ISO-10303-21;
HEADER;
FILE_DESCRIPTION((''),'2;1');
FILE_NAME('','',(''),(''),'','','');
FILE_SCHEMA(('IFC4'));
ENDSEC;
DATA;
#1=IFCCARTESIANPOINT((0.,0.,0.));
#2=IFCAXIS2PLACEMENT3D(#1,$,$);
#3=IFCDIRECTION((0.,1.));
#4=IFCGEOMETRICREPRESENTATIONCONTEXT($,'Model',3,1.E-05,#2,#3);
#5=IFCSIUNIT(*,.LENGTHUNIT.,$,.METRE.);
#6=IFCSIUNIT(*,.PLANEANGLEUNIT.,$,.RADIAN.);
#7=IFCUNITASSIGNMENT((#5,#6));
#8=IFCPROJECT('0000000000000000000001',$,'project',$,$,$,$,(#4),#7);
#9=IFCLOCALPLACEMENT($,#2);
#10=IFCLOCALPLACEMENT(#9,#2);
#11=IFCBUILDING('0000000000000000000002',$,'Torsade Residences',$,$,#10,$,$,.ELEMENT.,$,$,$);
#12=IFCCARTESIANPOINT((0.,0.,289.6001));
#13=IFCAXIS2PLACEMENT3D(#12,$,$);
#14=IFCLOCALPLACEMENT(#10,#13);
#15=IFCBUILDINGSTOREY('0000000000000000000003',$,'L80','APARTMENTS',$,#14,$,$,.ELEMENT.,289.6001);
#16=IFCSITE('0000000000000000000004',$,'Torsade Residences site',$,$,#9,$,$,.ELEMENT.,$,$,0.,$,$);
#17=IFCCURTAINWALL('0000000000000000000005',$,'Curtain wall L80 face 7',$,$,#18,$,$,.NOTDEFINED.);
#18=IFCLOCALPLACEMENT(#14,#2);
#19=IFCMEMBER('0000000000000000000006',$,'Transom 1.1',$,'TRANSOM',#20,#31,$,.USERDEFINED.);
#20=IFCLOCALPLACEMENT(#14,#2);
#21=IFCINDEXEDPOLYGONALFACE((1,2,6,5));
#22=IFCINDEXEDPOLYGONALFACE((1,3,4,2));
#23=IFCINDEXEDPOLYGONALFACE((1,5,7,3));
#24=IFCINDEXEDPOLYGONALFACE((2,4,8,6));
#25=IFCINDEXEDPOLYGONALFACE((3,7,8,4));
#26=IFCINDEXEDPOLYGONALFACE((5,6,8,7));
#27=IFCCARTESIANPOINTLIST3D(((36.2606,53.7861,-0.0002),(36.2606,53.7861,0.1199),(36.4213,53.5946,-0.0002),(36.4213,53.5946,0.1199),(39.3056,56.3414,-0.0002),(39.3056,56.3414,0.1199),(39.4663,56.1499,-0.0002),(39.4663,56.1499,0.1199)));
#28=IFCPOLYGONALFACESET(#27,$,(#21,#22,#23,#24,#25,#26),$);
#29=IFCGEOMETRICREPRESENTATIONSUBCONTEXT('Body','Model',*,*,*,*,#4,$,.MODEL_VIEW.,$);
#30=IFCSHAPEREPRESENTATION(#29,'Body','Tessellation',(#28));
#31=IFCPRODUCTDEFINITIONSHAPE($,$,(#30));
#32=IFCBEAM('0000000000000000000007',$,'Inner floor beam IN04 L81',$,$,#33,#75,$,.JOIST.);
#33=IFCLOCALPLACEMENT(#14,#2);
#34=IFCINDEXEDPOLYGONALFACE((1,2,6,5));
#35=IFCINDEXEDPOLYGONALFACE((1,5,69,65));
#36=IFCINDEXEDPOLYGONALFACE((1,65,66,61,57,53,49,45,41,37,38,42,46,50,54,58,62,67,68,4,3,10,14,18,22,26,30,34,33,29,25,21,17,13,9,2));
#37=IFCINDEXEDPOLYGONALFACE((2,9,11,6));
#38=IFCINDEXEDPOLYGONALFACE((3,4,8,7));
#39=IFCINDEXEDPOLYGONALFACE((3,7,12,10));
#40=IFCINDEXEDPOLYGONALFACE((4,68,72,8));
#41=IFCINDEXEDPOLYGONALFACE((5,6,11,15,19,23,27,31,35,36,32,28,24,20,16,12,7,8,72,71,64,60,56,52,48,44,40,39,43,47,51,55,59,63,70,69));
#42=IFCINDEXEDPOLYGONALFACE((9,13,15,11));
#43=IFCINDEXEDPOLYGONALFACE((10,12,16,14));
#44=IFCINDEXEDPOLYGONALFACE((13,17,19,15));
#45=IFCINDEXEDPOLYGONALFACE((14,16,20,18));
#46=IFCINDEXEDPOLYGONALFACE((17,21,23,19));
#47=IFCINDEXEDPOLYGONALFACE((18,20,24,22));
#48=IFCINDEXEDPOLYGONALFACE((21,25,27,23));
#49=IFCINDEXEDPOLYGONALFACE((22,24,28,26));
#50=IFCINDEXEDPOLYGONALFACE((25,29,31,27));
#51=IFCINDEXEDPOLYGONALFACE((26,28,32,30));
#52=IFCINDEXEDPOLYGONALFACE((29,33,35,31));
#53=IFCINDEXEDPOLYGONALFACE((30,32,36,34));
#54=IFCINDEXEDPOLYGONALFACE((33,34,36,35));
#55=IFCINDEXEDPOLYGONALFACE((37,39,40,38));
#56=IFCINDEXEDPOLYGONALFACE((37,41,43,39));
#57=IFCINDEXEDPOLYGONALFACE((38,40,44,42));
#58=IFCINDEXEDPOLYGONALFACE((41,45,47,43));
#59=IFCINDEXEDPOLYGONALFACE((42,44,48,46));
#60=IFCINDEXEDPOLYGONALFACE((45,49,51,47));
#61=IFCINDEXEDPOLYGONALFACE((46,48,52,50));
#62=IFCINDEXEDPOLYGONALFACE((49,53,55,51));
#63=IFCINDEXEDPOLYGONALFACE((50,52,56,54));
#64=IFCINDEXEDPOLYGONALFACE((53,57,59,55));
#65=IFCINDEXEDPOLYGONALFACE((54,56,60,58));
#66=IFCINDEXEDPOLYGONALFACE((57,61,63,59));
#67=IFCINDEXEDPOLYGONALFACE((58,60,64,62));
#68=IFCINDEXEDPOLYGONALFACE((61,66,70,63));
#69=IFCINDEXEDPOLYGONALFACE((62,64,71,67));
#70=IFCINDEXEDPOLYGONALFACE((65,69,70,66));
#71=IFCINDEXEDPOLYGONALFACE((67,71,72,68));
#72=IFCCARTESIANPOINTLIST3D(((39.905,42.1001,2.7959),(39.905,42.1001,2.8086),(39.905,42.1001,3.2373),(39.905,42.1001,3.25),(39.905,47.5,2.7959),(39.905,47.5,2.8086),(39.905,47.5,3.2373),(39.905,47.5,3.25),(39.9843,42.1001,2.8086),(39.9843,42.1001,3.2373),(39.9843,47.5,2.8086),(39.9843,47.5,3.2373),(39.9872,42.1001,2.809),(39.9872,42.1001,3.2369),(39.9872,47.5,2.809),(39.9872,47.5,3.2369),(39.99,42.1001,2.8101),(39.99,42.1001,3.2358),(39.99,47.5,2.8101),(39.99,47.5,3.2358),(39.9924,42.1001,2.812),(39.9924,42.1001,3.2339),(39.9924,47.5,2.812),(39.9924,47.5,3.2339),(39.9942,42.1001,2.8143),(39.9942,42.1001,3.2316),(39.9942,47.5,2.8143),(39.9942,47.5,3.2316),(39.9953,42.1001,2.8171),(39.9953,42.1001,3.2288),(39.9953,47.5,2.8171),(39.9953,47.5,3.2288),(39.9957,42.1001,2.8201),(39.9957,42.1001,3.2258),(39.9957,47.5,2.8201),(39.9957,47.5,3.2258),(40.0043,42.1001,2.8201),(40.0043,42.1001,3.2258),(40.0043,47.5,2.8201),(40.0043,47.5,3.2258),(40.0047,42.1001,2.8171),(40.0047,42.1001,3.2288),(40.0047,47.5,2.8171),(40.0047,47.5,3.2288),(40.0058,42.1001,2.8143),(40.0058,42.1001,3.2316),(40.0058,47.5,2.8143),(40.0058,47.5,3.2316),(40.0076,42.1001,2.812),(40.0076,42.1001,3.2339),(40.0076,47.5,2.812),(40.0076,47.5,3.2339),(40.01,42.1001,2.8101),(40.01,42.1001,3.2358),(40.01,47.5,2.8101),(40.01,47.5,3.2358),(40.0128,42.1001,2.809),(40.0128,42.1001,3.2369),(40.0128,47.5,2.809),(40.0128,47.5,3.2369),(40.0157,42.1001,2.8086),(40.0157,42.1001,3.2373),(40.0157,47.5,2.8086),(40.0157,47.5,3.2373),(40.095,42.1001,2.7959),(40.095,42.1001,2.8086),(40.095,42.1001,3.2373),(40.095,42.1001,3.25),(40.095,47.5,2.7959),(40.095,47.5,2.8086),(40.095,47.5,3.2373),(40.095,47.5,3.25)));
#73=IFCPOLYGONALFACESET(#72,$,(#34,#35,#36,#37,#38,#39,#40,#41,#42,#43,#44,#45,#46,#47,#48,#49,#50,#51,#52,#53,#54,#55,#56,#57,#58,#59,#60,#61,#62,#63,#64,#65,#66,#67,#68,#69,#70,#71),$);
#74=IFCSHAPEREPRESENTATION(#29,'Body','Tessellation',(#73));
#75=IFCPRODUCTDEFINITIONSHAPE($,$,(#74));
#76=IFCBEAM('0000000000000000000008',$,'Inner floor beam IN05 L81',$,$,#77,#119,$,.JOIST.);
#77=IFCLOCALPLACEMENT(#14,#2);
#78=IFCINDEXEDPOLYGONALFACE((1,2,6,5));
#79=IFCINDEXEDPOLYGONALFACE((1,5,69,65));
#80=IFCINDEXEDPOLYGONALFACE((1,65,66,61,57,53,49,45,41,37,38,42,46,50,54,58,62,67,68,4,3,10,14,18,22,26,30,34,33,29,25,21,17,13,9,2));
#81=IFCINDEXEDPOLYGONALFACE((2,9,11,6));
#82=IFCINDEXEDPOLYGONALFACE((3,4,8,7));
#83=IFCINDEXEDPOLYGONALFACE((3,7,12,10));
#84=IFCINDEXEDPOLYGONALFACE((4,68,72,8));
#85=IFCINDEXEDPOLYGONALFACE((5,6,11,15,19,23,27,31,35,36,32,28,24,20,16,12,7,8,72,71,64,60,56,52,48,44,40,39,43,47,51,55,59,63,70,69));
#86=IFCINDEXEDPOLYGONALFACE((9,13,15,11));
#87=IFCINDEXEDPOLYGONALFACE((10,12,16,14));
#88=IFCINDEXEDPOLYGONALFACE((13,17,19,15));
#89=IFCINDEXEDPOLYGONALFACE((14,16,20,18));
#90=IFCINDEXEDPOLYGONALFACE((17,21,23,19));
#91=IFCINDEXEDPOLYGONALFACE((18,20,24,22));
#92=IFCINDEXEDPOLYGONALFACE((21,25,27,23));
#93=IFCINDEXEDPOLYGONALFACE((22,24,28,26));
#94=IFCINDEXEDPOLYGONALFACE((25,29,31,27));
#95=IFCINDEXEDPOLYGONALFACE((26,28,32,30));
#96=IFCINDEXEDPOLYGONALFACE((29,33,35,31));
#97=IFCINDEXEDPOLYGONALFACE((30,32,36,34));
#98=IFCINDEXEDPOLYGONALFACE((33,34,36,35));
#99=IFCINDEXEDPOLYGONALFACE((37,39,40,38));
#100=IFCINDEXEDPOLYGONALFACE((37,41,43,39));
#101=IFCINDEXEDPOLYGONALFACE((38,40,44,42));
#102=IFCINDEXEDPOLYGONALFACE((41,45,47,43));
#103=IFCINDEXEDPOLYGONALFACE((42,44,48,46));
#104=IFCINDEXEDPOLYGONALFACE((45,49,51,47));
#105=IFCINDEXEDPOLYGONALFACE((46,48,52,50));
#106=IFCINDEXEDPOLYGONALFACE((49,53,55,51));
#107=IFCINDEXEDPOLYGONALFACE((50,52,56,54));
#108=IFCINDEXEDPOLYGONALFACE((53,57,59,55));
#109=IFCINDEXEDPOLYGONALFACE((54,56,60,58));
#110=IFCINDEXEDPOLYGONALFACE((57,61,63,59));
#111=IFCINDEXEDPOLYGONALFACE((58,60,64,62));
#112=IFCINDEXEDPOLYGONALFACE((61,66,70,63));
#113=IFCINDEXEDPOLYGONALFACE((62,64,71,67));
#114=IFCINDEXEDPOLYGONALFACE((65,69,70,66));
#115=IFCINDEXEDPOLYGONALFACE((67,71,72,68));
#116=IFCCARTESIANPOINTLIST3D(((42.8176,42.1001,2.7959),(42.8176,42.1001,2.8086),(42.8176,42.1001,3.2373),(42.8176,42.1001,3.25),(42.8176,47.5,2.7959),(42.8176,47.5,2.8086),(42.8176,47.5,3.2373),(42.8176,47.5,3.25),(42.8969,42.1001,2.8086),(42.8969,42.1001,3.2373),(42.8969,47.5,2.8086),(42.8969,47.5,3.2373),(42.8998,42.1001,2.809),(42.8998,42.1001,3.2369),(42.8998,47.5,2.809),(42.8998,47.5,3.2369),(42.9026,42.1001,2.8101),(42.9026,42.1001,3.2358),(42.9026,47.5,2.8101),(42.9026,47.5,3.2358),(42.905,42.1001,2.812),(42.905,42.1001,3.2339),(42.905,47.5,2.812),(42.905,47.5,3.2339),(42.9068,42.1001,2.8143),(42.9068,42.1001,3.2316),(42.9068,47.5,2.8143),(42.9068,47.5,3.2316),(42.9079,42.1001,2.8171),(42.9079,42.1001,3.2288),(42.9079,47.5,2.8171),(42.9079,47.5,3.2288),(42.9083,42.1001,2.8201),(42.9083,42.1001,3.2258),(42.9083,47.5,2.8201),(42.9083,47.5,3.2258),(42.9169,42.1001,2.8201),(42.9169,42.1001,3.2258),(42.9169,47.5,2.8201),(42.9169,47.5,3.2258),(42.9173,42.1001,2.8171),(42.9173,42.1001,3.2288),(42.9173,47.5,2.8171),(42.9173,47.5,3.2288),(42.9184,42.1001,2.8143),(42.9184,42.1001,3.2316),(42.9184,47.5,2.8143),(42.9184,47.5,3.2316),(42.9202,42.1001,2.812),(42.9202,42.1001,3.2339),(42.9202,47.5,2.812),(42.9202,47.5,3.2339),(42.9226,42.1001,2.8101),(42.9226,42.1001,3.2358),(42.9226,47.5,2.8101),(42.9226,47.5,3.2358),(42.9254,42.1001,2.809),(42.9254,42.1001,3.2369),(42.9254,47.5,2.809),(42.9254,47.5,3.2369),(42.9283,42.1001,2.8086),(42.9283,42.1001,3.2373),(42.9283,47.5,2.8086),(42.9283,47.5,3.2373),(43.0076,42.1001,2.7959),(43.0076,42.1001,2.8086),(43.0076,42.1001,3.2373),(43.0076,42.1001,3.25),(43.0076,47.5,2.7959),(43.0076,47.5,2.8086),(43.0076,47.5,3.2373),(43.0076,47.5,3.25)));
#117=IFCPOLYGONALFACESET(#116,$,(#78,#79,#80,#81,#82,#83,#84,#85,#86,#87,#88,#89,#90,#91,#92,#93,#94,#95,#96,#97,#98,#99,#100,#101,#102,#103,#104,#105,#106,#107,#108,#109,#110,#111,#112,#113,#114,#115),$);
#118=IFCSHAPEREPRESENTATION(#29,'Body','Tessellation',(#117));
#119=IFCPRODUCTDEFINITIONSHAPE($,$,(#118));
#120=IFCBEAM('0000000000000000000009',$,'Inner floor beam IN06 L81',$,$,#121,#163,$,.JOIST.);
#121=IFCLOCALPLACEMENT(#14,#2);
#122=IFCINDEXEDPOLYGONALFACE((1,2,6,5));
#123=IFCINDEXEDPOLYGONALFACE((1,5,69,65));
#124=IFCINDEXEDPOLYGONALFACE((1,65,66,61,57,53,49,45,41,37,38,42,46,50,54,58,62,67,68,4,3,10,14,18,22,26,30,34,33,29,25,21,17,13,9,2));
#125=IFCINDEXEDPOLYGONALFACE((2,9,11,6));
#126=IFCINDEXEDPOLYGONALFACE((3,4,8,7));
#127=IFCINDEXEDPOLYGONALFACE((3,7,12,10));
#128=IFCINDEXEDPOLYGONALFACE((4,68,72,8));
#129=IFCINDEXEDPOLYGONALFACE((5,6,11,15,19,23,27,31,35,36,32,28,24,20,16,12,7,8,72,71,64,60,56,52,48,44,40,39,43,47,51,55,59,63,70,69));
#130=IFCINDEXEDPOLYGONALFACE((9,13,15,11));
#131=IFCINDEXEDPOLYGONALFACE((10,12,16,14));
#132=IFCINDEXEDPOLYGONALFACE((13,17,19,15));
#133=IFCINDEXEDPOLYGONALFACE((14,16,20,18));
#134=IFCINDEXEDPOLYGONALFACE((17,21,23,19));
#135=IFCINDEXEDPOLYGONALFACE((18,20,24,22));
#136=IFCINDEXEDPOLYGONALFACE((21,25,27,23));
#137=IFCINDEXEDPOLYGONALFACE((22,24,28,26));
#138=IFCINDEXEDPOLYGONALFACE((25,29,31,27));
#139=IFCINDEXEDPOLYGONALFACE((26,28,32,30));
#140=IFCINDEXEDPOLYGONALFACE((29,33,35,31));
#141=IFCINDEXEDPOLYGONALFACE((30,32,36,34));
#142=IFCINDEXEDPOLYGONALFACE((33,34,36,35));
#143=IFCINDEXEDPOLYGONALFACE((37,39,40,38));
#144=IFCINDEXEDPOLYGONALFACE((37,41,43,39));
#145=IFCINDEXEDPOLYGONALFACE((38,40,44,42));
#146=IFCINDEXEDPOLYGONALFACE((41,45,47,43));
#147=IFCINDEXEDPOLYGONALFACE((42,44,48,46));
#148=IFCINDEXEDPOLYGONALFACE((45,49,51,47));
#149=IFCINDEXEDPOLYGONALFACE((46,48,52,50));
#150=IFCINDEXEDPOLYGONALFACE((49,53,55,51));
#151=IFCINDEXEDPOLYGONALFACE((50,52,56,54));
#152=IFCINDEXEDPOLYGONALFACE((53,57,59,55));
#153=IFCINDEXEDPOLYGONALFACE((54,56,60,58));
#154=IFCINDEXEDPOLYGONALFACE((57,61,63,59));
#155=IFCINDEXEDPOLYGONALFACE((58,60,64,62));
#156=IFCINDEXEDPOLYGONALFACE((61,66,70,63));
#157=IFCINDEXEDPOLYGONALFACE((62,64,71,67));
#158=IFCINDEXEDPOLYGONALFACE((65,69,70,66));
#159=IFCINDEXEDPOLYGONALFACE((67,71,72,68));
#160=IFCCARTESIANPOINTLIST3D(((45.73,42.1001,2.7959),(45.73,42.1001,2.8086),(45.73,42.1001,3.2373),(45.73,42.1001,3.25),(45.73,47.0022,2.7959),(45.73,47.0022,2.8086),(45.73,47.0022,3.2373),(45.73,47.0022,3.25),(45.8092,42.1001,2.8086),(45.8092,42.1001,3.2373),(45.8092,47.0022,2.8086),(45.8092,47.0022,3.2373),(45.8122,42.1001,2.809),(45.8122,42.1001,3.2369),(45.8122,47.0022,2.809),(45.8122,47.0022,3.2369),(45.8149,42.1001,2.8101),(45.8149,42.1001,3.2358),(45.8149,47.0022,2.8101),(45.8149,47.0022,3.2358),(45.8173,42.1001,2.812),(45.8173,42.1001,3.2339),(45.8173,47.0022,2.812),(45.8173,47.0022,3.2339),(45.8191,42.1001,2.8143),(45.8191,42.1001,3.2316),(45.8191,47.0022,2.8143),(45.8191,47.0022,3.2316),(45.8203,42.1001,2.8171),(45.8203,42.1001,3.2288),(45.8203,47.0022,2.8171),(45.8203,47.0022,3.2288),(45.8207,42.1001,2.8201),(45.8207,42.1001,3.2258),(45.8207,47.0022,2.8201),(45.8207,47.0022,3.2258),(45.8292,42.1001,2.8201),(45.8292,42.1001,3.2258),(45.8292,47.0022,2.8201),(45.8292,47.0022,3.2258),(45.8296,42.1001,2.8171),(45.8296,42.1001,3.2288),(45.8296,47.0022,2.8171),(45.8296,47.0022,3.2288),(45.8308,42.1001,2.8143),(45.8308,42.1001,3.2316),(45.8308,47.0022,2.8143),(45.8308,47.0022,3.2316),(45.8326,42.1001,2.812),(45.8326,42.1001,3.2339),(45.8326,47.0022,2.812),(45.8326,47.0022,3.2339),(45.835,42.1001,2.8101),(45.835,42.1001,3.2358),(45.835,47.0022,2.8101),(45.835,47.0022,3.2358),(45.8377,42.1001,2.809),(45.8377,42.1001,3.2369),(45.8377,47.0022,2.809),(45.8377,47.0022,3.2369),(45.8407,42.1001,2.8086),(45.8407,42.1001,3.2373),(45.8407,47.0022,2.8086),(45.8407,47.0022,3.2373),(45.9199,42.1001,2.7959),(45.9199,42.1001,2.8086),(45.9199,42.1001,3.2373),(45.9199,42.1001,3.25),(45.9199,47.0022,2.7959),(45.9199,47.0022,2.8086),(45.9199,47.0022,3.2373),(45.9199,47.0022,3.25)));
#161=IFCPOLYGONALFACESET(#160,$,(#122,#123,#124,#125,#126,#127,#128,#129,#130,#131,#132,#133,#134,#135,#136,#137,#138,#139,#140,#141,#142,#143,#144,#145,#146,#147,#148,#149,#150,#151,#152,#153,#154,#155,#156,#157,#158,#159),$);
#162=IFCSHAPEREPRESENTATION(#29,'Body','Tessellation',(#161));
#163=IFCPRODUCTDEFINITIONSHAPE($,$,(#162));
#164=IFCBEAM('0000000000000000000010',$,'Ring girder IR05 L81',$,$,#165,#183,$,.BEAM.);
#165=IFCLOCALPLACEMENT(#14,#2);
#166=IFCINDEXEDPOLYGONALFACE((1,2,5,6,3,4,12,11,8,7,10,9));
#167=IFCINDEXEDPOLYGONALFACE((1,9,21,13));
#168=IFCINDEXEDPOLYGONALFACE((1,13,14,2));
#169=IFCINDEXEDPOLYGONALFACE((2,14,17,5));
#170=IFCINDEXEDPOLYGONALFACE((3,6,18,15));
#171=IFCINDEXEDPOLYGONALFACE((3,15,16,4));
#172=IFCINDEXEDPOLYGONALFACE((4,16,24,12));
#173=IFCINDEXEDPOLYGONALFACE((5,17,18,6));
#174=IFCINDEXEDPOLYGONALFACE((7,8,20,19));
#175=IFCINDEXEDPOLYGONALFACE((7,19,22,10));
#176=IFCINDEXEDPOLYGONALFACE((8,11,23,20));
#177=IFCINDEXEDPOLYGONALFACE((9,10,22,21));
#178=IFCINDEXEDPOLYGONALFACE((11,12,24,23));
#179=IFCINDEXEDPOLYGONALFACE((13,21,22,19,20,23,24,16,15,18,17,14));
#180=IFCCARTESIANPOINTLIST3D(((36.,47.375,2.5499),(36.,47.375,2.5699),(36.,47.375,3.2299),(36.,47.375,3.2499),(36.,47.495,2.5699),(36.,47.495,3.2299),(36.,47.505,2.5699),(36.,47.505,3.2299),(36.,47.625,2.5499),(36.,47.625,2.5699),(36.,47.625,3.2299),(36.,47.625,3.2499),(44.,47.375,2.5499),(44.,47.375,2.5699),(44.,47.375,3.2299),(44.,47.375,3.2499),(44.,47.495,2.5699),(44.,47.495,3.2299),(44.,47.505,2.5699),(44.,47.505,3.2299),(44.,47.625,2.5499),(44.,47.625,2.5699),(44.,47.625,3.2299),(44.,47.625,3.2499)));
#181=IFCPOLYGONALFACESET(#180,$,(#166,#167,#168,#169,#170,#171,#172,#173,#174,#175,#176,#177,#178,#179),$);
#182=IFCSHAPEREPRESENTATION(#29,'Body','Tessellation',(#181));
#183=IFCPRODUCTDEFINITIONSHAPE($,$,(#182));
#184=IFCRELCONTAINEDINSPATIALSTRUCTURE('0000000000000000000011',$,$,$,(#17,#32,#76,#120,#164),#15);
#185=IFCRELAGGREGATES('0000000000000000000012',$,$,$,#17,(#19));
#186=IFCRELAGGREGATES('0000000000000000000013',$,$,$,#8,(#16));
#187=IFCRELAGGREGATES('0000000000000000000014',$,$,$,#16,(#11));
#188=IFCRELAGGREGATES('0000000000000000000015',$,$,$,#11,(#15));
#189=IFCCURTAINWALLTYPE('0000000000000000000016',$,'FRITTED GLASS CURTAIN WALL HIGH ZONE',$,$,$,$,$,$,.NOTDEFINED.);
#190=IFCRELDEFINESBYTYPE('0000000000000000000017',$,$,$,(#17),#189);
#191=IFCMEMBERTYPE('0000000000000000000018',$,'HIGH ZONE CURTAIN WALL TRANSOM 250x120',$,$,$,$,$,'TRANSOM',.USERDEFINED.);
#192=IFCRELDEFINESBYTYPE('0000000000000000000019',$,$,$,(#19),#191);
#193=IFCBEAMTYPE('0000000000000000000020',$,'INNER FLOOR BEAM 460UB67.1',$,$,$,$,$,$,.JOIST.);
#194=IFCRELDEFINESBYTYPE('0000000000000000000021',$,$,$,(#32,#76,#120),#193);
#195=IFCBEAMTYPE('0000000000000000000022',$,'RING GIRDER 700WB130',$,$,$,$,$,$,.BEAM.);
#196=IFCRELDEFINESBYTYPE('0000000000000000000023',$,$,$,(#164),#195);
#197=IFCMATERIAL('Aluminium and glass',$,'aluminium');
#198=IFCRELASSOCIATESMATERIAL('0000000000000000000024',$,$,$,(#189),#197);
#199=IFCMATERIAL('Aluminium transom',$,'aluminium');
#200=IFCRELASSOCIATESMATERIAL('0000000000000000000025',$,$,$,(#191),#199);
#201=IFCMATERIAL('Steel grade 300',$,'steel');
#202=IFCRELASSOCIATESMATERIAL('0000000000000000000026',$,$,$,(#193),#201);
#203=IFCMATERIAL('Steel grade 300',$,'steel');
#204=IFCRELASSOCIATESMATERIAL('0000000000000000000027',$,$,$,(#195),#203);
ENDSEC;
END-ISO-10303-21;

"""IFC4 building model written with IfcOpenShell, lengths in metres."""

from ifc_helpers import new_model, si_unit, direction, frame, origin, origin_2d, place, context, subcontext, project, spatial, rectangle, i_section, extrude, material, material_profile, profile_set, type_object, element, aggregate, save


model = new_model("IFC4")

# Units and contexts
model_context = context("Model", 3, precision=1e-05, world=origin(), true_north=direction((0.0, 1.0)))
body_context = subcontext(model_context, "Body", "Model", "MODEL_VIEW")
ifc_project = project(units=[si_unit("LENGTHUNIT", "METRE"), si_unit("PLANEANGLEUNIT", "RADIAN")], contexts=[model_context])

# Site, building, storey
site_placement = place(None, origin())
site = spatial("IfcSite", under=ifc_project, at=site_placement, Name="Torsade Residences site", CompositionType="ELEMENT", RefElevation=0.0)
building_placement = place(site_placement, origin())
building = spatial("IfcBuilding", under=site, at=building_placement, Name="Torsade Residences", CompositionType="ELEMENT")
storey_placement = place(building_placement, frame((0.0, 0.0, 289.6001)))
storey = spatial("IfcBuildingStorey", under=building, at=storey_placement, Name="L80", Description="APARTMENTS", CompositionType="ELEMENT", Elevation=289.6001)

# Shared definitions
ifc_material_1 = material(Name="Aluminium and glass", Category="aluminium")
curtain_wall_type = type_object("IfcCurtainWallType", Name="FRITTED GLASS CURTAIN WALL HIGH ZONE", PredefinedType="NOTDEFINED", material=ifc_material_1)

# Curtain wall, member
curtain_wall_1_placement = place(storey_placement, origin())
curtain_wall_1 = element("IfcCurtainWall", 1, at=curtain_wall_1_placement, inside=storey, type_object=curtain_wall_type, Name="Curtain wall L80 face 7", PredefinedType="NOTDEFINED")
ifc_material_2 = material(Name="Aluminium transom", Category="aluminium")
ifc_material_profile_1 = material_profile(ifc_material_2, rectangle(XDim=0.25, YDim=0.1201, at=origin_2d()), Name="HIGH ZONE CURTAIN WALL TRANSOM 250x120")
ifc_profile_set_1 = profile_set([ifc_material_profile_1], Name="Aluminium transom")
member_type_1 = type_object("IfcMemberType", Name="HIGH ZONE CURTAIN WALL TRANSOM 250x120", ElementType="TRANSOM", PredefinedType="USERDEFINED", material=ifc_profile_set_1)
member_1_placement = place(storey_placement, frame((39.386, 56.2456, 0.0598), z_axis=(-0.766022, -0.642815, 0.0), x_axis=(0.642815, -0.766022, 0.0)))
member_1 = element("IfcMember", 2, at=member_1_placement, type_object=member_type_1, Name="Transom 1.1", ObjectType="TRANSOM", PredefinedType="USERDEFINED", context=body_context, shape_type="SweptSolid", body=[
    extrude(rectangle(XDim=0.25, YDim=0.1201, at=origin_2d()), origin(), (0.0, 0.0, 1.0), 3.9751),
])
aggregate(curtain_wall_1, [member_1])

# Beams
ifc_material_3 = material(Name="Steel grade 300", Category="steel")
ifc_material_profile_2 = material_profile(ifc_material_3, i_section(OverallWidth=0.1899, OverallDepth=0.4541, WebThickness=0.0085, FlangeThickness=0.0127, FilletRadius=0.0115, at=origin_2d()), Name="460UB67.1")
ifc_profile_set_2 = profile_set([ifc_material_profile_2], Name="Steel grade 300")
beam_type_1 = type_object("IfcBeamType", Name="INNER FLOOR BEAM 460UB67.1", PredefinedType="JOIST", material=ifc_profile_set_2)
for number, where, z_axis, x_axis, name in (
    (3, (40.0, 42.1001, 3.0229), (0.0, 1.0, 0.0), (-1.0, 0.0, 0.0), "Inner floor beam IN04 L81"),
    (4, (42.9126, 42.1001, 3.0229), (0.0, 1.0, 0.0), (-1.0, 0.0, 0.0), "Inner floor beam IN05 L81"),
):
    element("IfcBeam", number, at=place(storey_placement, frame(where, z_axis=z_axis, x_axis=x_axis)), inside=storey, type_object=beam_type_1, Name=name, PredefinedType="JOIST", context=body_context, shape_type="SweptSolid", body=[
        extrude(i_section(OverallWidth=0.1899, OverallDepth=0.4541, WebThickness=0.0085, FlangeThickness=0.0127, FilletRadius=0.0115, at=origin_2d()), origin(), (0.0, 0.0, 1.0), 5.3999),
    ])
beam_1_placement = place(storey_placement, frame((45.825, 42.1001, 3.0229), z_axis=(0.0, 1.0, 0.0), x_axis=(-1.0, 0.0, 0.0)))
element("IfcBeam", 5, at=beam_1_placement, inside=storey, type_object=beam_type_1, Name="Inner floor beam IN06 L81", PredefinedType="JOIST", context=body_context, shape_type="SweptSolid", body=[
    extrude(i_section(OverallWidth=0.1899, OverallDepth=0.4541, WebThickness=0.0085, FlangeThickness=0.0127, FilletRadius=0.0115, at=origin_2d()), origin(), (0.0, 0.0, 1.0), 4.9021),
])
ifc_material_4 = material(Name="Steel grade 300", Category="steel")
ifc_material_profile_3 = material_profile(ifc_material_4, i_section(OverallWidth=0.25, OverallDepth=0.7, WebThickness=0.01, FlangeThickness=0.02, at=origin_2d()), Name="700WB130")
ifc_profile_set_3 = profile_set([ifc_material_profile_3], Name="Steel grade 300")
beam_type_2 = type_object("IfcBeamType", Name="RING GIRDER 700WB130", PredefinedType="BEAM", material=ifc_profile_set_3)
beam_2_placement = place(storey_placement, frame((44.0, 47.5, 2.8999), z_axis=(-1.0, 0.0, 0.0), x_axis=(0.0, -1.0, 0.0)))
element("IfcBeam", 6, at=beam_2_placement, inside=storey, type_object=beam_type_2, Name="Ring girder IR05 L81", PredefinedType="BEAM", context=body_context, shape_type="SweptSolid", body=[
    extrude(i_section(OverallWidth=0.25, OverallDepth=0.7, WebThickness=0.01, FlangeThickness=0.02, at=origin_2d()), origin(), (0.0, 0.0, 1.0), 8.0),
])

save(model, "model.ifc")
